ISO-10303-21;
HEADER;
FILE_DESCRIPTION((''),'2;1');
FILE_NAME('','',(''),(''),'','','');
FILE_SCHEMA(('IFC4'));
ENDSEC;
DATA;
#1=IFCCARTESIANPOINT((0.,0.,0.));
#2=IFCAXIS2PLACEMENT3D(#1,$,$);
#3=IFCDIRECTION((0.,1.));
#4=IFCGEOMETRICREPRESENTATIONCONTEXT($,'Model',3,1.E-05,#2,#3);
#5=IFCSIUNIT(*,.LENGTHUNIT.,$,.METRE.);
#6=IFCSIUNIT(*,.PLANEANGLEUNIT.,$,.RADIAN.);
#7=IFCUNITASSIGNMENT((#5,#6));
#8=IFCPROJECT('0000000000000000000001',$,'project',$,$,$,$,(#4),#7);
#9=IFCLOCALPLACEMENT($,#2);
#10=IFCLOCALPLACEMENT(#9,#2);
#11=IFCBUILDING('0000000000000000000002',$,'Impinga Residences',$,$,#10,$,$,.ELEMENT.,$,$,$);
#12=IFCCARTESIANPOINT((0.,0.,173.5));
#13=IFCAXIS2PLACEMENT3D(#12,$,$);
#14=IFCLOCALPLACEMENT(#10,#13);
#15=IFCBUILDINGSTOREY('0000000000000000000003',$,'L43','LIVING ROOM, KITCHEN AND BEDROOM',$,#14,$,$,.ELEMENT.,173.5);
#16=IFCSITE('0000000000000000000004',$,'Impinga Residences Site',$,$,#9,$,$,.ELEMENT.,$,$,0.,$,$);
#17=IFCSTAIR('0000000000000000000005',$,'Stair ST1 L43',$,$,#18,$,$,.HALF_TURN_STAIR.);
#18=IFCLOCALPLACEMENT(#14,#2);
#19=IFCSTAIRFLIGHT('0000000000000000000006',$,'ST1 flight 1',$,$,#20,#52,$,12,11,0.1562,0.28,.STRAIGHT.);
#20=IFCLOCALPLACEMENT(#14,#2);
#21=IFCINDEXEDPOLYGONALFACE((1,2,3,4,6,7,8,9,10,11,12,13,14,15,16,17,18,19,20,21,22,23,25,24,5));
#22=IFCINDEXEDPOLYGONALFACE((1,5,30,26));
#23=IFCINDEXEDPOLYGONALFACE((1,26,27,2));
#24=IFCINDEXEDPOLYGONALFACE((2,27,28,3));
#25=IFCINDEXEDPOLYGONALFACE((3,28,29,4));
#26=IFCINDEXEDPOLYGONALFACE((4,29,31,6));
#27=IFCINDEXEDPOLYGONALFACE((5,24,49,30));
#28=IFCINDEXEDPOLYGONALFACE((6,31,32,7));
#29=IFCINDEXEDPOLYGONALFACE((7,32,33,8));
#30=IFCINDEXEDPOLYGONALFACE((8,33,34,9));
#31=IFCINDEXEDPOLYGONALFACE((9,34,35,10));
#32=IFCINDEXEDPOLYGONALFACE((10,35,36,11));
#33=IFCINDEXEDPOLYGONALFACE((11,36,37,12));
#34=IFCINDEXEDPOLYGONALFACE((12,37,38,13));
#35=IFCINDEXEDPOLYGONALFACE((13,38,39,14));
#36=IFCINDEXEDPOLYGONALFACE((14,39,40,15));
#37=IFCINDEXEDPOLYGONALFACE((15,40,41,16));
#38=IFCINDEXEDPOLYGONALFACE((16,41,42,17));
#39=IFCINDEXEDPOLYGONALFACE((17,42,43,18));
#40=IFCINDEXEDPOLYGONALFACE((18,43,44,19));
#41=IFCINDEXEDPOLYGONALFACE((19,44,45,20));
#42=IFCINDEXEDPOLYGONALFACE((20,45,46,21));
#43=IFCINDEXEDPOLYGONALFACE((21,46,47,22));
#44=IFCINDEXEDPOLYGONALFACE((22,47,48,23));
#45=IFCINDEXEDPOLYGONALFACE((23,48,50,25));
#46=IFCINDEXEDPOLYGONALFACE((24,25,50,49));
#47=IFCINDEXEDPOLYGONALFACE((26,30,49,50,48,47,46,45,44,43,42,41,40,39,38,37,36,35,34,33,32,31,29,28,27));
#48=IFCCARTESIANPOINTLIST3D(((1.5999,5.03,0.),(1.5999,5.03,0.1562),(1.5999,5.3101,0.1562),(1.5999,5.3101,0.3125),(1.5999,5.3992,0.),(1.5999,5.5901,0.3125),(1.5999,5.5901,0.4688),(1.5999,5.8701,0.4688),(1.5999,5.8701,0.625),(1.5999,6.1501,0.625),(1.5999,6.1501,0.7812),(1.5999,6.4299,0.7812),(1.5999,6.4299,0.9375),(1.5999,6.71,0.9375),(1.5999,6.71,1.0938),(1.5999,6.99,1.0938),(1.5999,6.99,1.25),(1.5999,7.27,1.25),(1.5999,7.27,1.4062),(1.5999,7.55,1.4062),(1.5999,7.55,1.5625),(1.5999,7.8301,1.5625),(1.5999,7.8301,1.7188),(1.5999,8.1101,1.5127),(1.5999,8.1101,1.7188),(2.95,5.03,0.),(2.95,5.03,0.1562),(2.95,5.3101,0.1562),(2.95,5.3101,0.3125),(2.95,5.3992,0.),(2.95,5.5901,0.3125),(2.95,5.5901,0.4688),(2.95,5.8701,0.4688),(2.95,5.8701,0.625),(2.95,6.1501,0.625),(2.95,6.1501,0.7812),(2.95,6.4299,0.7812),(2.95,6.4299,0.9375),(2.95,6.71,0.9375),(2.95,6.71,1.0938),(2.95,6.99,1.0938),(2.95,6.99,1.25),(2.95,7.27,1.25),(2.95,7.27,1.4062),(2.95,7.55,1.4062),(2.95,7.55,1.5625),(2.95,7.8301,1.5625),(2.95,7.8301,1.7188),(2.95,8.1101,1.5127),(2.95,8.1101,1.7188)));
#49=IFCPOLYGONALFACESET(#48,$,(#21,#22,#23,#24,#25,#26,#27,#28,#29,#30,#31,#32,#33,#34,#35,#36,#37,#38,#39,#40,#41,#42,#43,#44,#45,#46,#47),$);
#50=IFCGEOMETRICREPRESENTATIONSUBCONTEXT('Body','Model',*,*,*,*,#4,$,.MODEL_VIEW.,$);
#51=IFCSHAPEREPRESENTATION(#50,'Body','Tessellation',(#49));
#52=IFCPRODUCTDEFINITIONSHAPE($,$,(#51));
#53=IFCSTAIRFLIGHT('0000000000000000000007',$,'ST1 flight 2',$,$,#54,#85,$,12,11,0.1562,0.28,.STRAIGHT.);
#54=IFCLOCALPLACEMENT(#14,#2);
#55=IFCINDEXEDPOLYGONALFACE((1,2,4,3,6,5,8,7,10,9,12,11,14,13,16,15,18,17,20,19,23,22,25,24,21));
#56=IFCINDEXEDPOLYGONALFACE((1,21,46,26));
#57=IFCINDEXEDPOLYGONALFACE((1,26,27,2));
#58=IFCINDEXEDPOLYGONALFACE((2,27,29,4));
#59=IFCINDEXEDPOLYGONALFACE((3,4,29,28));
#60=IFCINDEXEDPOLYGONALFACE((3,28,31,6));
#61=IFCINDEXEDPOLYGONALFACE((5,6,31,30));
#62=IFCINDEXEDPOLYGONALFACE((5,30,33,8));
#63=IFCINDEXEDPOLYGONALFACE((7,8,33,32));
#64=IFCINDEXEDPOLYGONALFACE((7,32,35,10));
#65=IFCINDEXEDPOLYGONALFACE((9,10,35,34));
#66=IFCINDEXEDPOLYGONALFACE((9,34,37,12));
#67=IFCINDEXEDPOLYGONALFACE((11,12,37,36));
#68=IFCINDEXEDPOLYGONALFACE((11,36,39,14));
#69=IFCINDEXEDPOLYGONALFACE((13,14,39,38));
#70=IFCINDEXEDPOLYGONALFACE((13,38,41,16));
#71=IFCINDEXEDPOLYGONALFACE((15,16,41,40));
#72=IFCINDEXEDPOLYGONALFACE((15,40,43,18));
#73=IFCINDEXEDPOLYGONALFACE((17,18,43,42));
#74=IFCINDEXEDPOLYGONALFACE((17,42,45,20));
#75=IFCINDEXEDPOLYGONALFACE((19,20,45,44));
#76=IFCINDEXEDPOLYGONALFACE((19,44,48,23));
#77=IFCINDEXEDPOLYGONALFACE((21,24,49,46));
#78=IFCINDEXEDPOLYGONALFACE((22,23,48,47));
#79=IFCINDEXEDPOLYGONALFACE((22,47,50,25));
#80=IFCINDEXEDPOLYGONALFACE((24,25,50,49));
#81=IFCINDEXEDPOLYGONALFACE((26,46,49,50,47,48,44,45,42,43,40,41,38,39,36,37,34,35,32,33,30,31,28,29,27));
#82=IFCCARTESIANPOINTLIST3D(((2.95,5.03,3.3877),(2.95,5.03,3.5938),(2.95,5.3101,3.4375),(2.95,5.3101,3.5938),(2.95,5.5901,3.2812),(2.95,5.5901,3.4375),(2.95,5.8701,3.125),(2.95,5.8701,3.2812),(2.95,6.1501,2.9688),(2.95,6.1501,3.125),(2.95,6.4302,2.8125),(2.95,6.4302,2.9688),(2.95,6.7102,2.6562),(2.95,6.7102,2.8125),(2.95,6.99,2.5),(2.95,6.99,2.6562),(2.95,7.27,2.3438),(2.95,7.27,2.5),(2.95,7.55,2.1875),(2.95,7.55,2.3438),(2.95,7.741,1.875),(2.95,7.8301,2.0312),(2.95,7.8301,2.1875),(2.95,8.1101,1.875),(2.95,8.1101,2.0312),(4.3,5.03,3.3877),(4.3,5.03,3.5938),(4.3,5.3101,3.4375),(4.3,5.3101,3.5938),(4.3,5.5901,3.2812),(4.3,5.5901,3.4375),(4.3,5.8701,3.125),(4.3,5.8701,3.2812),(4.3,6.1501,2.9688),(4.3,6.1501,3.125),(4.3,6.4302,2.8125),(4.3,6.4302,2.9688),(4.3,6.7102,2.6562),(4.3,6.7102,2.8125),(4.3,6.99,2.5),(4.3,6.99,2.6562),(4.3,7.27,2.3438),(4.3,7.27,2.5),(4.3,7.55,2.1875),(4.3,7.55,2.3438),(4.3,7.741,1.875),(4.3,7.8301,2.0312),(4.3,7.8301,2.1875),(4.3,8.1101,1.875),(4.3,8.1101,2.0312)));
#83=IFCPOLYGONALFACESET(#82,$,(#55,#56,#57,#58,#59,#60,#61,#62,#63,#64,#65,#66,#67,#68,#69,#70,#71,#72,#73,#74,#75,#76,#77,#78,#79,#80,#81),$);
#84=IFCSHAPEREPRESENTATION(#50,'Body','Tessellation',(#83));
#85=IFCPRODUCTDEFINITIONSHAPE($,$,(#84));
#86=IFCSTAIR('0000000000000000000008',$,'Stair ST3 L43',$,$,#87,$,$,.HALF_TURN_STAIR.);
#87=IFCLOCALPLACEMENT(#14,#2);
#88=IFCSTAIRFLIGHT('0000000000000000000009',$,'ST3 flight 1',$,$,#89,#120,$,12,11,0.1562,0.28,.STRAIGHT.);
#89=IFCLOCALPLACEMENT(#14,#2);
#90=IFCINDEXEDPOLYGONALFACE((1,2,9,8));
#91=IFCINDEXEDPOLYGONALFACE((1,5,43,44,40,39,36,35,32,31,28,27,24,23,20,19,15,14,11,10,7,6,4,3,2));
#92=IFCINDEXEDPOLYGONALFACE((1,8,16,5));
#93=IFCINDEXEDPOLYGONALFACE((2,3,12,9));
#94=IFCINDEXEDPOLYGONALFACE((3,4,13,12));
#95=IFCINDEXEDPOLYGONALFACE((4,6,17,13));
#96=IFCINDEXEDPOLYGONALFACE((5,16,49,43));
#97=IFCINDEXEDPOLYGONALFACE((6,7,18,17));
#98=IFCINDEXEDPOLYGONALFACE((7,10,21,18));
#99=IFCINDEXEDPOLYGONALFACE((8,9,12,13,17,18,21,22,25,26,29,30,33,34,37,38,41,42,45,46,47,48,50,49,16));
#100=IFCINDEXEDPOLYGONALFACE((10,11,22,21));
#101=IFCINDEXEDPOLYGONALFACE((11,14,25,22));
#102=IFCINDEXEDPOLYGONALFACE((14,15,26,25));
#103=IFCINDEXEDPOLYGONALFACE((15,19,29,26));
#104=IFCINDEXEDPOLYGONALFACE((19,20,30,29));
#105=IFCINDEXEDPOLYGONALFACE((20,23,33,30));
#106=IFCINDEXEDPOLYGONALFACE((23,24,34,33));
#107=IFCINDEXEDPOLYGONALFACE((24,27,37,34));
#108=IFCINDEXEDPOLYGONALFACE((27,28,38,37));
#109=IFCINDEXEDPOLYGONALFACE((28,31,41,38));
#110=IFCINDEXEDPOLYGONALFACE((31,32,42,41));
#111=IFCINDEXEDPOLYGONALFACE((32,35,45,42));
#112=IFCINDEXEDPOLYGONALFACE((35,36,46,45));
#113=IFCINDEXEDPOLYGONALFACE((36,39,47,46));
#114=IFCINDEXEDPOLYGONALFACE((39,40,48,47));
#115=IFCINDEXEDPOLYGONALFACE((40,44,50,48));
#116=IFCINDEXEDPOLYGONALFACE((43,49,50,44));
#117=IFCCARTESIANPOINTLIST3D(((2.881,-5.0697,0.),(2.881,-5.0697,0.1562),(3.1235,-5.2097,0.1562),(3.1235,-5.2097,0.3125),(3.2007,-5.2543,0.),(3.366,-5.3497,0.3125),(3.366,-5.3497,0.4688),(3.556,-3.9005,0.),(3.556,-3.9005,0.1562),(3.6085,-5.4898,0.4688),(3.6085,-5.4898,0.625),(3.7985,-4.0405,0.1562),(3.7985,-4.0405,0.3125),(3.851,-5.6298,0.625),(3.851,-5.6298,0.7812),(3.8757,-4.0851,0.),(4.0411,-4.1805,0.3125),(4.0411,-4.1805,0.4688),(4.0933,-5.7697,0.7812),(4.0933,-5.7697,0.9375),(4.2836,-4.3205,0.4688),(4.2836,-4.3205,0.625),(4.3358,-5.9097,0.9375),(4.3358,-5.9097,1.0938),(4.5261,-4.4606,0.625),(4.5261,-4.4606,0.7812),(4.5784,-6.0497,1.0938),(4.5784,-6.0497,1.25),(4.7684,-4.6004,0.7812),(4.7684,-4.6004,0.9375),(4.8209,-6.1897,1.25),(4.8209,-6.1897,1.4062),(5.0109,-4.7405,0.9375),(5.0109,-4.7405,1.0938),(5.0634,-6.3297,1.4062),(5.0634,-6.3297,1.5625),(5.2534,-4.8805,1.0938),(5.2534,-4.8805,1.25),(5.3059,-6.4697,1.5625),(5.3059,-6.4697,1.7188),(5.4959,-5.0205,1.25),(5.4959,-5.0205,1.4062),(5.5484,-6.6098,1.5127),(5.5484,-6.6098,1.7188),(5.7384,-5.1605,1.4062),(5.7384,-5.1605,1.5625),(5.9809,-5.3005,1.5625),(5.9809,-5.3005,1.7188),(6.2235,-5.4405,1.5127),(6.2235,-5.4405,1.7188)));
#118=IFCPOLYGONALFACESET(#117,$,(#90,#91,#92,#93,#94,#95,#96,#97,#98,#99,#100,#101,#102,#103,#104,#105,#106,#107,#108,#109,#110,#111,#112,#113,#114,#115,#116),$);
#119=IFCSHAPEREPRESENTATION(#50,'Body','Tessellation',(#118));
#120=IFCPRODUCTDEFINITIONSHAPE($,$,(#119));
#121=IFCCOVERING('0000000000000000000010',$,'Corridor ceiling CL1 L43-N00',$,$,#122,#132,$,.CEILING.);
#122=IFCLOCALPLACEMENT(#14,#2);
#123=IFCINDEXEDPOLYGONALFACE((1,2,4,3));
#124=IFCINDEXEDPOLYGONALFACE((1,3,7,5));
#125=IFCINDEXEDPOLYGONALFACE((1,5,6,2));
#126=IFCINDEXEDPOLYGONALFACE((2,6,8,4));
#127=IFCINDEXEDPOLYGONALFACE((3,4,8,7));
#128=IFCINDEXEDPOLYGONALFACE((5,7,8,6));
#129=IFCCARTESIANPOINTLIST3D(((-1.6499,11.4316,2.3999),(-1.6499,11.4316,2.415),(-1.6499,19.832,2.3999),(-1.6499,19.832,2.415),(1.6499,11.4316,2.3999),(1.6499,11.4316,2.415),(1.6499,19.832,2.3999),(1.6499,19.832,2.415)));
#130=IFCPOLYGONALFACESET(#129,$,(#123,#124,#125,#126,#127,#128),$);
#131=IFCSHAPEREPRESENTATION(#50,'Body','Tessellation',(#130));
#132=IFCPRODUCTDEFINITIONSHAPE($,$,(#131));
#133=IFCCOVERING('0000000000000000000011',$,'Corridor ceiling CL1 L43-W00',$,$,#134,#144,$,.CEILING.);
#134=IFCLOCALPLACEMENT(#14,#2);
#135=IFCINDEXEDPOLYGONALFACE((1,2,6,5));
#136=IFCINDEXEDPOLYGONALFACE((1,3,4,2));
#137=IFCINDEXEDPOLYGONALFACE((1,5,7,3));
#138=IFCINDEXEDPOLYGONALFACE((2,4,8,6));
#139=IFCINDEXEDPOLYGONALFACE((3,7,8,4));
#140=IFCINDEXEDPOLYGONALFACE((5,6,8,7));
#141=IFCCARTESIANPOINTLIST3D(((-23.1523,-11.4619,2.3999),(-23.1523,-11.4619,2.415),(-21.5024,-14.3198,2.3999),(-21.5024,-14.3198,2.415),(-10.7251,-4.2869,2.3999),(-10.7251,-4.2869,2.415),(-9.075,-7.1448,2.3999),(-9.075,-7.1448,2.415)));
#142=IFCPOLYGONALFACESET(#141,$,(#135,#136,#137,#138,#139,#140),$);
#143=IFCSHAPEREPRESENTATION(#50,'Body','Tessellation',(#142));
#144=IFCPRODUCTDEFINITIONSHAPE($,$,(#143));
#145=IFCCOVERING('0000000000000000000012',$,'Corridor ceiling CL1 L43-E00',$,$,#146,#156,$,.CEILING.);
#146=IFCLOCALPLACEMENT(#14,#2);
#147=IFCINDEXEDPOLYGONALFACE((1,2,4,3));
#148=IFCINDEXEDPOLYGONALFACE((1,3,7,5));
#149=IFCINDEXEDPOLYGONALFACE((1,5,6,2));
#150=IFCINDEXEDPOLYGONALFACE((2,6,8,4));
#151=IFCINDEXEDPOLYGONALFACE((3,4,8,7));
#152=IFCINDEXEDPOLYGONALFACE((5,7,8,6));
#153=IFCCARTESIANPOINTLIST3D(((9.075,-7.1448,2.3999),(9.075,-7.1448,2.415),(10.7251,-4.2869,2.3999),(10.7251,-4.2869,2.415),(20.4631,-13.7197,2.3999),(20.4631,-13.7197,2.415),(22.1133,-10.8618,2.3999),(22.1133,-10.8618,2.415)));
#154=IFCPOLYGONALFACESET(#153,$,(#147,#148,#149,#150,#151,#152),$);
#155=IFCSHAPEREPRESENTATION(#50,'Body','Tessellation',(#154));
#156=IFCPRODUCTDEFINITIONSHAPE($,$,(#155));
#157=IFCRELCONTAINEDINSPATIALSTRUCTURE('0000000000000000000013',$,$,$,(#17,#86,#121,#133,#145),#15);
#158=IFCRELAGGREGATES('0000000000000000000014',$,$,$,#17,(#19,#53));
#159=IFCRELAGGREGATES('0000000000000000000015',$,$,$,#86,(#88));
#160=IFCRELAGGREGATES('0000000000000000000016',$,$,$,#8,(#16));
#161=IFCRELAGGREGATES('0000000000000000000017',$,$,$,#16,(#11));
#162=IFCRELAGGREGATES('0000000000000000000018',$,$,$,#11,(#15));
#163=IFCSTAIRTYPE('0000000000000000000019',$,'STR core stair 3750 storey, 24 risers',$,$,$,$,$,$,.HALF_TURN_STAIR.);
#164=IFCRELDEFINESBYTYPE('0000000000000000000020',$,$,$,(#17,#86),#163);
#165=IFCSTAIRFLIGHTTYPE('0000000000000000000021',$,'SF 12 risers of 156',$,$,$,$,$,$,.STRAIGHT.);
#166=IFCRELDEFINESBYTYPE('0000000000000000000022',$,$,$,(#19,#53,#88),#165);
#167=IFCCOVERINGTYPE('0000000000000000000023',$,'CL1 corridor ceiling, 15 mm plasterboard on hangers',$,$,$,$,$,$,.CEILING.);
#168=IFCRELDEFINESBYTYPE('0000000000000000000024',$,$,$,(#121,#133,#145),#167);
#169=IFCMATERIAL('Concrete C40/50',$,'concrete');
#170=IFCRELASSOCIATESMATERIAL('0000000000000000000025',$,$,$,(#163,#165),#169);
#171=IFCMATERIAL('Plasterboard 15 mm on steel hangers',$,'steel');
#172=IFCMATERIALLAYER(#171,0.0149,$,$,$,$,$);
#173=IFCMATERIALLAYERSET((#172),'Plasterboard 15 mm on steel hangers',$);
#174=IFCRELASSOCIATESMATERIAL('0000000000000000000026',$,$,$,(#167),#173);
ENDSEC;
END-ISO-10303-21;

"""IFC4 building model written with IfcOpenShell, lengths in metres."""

from ifc_helpers import new_model, si_unit, direction, frame, origin, place, context, subcontext, project, spatial, polyline, outline, extrude, material, layer, layer_set, type_object, element, aggregate, save


model = new_model("IFC4")

# Units and contexts
model_context = context("Model", 3, precision=1e-05, world=origin(), true_north=direction((0.0, 1.0)))
body_context = subcontext(model_context, "Body", "Model", "MODEL_VIEW")
ifc_project = project(units=[si_unit("LENGTHUNIT", "METRE"), si_unit("PLANEANGLEUNIT", "RADIAN")], contexts=[model_context])

# Site, building, storey
site_placement = place(None, origin())
site = spatial("IfcSite", under=ifc_project, at=site_placement, Name="Impinga Residences Site", CompositionType="ELEMENT", RefElevation=0.0)
building_placement = place(site_placement, origin())
building = spatial("IfcBuilding", under=site, at=building_placement, Name="Impinga Residences", CompositionType="ELEMENT")
storey_placement = place(building_placement, frame((0.0, 0.0, 173.5)))
storey = spatial("IfcBuildingStorey", under=building, at=storey_placement, Name="L43", Description="LIVING ROOM, KITCHEN AND BEDROOM", CompositionType="ELEMENT", Elevation=173.5)

# Shared definitions
ifc_material_1 = material(Name="Concrete C40/50", Category="concrete")

# Stair, stair flights
stair_type_1 = type_object("IfcStairType", Name="STR core stair 3750 storey, 24 risers", PredefinedType="HALF_TURN_STAIR", material=ifc_material_1)
stair_1_placement = place(storey_placement, origin())
stair_1 = element("IfcStair", 1, at=stair_1_placement, inside=storey, type_object=stair_type_1, Name="Stair ST1 L43", PredefinedType="HALF_TURN_STAIR")
stair_flight_type = type_object("IfcStairFlightType", Name="SF 12 risers of 156", PredefinedType="STRAIGHT", material=ifc_material_1)
stair_flight_1_placement = place(storey_placement, frame((2.2749, 5.03, 0.0), z_axis=(0.0, 0.0, 1.0), x_axis=(0.0, 1.0, 0.0)))
stair_flight_1 = element("IfcStairFlight", 2, at=stair_flight_1_placement, type_object=stair_flight_type, Name="ST1 flight 1", NumberOfRisers=12, NumberOfTreads=11, PredefinedType="STRAIGHT", RiserHeight=0.1562, TreadLength=0.28, context=body_context, shape_type="SweptSolid", body=[
    extrude(outline(polyline([(0.0, 0.0), (0.0, 0.1562), (0.28, 0.1562), (0.28, 0.3125), (0.5601, 0.3125), (0.5601, 0.4688), (0.8401, 0.4688), (0.8401, 0.625), (1.1201, 0.625), (1.1201, 0.7812), (1.3999, 0.7812), (1.3999, 0.9375), (1.6799, 0.9375), (1.6799, 1.0938), (1.96, 1.0938), (1.96, 1.25), (2.24, 1.25), (2.24, 1.4062), (2.52, 1.4062), (2.52, 1.5625), (2.8, 1.5625), (2.8, 1.7188), (3.0801, 1.7188), (3.0801, 1.875), (3.0801, 1.5127), (0.3691, 0.0), (0.0, 0.0)])), frame((0.0, 0.675, 0.0), z_axis=(0.0, -1.0, 0.0), x_axis=(1.0, 0.0, 0.0)), (0.0, 0.0, 1.0), 1.3501),
])
stair_flight_2_placement = place(storey_placement, frame((3.625, 8.1101, 1.875), z_axis=(0.0, 0.0, 1.0), x_axis=(0.0, -1.0, 0.0)))
stair_flight_2 = element("IfcStairFlight", 3, at=stair_flight_2_placement, type_object=stair_flight_type, Name="ST1 flight 2", NumberOfRisers=12, NumberOfTreads=11, PredefinedType="STRAIGHT", RiserHeight=0.1562, TreadLength=0.28, context=body_context, shape_type="SweptSolid", body=[
    extrude(outline(polyline([(0.0, 0.0), (0.0, 0.1562), (0.28, 0.1562), (0.28, 0.3125), (0.5601, 0.3125), (0.5601, 0.4688), (0.8401, 0.4688), (0.8401, 0.625), (1.1201, 0.625), (1.1201, 0.7812), (1.3999, 0.7812), (1.3999, 0.9375), (1.6799, 0.9375), (1.6799, 1.0938), (1.96, 1.0938), (1.96, 1.25), (2.24, 1.25), (2.24, 1.4062), (2.52, 1.4062), (2.52, 1.5625), (2.8, 1.5625), (2.8, 1.7188), (3.0801, 1.7188), (3.0801, 1.875), (3.0801, 1.5127), (0.3691, 0.0), (0.0, 0.0)])), frame((0.0, 0.675, 0.0), z_axis=(0.0, -1.0, 0.0), x_axis=(1.0, 0.0, 0.0)), (0.0, 0.0, 1.0), 1.3501),
])
aggregate(stair_1, [stair_flight_1, stair_flight_2])

# Stair, stair flight
stair_2_placement = place(storey_placement, origin())
stair_2 = element("IfcStair", 4, at=stair_2_placement, inside=storey, type_object=stair_type_1, Name="Stair ST3 L43", PredefinedType="HALF_TURN_STAIR")
stair_flight_3_placement = place(storey_placement, frame((3.2185, -4.4851, 0.0), z_axis=(0.0, 0.0, 1.0), x_axis=(0.866025, -0.5, 0.0)))
stair_flight_3 = element("IfcStairFlight", 5, at=stair_flight_3_placement, type_object=stair_flight_type, Name="ST3 flight 1", NumberOfRisers=12, NumberOfTreads=11, PredefinedType="STRAIGHT", RiserHeight=0.1562, TreadLength=0.28, context=body_context, shape_type="SweptSolid", body=[
    extrude(outline(polyline([(0.0, 0.0), (0.0, 0.1562), (0.28, 0.1562), (0.28, 0.3125), (0.5601, 0.3125), (0.5601, 0.4688), (0.8401, 0.4688), (0.8401, 0.625), (1.1201, 0.625), (1.1201, 0.7812), (1.3999, 0.7812), (1.3999, 0.9375), (1.6799, 0.9375), (1.6799, 1.0938), (1.96, 1.0938), (1.96, 1.25), (2.24, 1.25), (2.24, 1.4062), (2.52, 1.4062), (2.52, 1.5625), (2.8, 1.5625), (2.8, 1.7188), (3.0801, 1.7188), (3.0801, 1.875), (3.0801, 1.5127), (0.3691, 0.0), (0.0, 0.0)])), frame((0.0, 0.675, 0.0), z_axis=(0.0, -1.0, 0.0), x_axis=(1.0, 0.0, 0.0)), (0.0, 0.0, 1.0), 1.3501),
])
aggregate(stair_2, [stair_flight_3])

# Coverings
ifc_material_2 = material(Name="Plasterboard 15 mm on steel hangers", Category="steel")
ifc_layer_1 = layer(ifc_material_2, 0.0149)
ifc_layer_set_1 = layer_set([ifc_layer_1], Name="Plasterboard 15 mm on steel hangers")
covering_type_1 = type_object("IfcCoveringType", Name="CL1 corridor ceiling, 15 mm plasterboard on hangers", PredefinedType="CEILING", material=ifc_layer_set_1)
covering_1_placement = place(storey_placement, frame((0.0, 0.0, 2.3999)))
element("IfcCovering", 6, at=covering_1_placement, inside=storey, type_object=covering_type_1, Name="Corridor ceiling CL1 L43-N00", PredefinedType="CEILING", context=body_context, shape_type="SweptSolid", body=[
    extrude(outline(polyline([(1.6499, 11.4316), (-1.6499, 11.4316), (-1.6499, 19.832), (1.6499, 19.832), (1.6499, 11.4316)])), origin(), (0.0, 0.0, 1.0), 0.0151),
])
covering_2_placement = place(storey_placement, frame((0.0, 0.0, 2.3999)))
element("IfcCovering", 7, at=covering_2_placement, inside=storey, type_object=covering_type_1, Name="Corridor ceiling CL1 L43-W00", PredefinedType="CEILING", context=body_context, shape_type="SweptSolid", body=[
    extrude(outline(polyline([(-9.075, -7.1448), (-10.7251, -4.2869), (-23.1523, -11.4619), (-21.5024, -14.3198), (-9.075, -7.1448)])), origin(), (0.0, 0.0, 1.0), 0.0151),
])
covering_3_placement = place(storey_placement, frame((0.0, 0.0, 2.3999)))
element("IfcCovering", 8, at=covering_3_placement, inside=storey, type_object=covering_type_1, Name="Corridor ceiling CL1 L43-E00", PredefinedType="CEILING", context=body_context, shape_type="SweptSolid", body=[
    extrude(outline(polyline([(10.7251, -4.2869), (9.075, -7.1448), (20.4631, -13.7197), (22.1133, -10.8618), (10.7251, -4.2869)])), origin(), (0.0, 0.0, 1.0), 0.0151),
])

save(model, "model.ifc")
